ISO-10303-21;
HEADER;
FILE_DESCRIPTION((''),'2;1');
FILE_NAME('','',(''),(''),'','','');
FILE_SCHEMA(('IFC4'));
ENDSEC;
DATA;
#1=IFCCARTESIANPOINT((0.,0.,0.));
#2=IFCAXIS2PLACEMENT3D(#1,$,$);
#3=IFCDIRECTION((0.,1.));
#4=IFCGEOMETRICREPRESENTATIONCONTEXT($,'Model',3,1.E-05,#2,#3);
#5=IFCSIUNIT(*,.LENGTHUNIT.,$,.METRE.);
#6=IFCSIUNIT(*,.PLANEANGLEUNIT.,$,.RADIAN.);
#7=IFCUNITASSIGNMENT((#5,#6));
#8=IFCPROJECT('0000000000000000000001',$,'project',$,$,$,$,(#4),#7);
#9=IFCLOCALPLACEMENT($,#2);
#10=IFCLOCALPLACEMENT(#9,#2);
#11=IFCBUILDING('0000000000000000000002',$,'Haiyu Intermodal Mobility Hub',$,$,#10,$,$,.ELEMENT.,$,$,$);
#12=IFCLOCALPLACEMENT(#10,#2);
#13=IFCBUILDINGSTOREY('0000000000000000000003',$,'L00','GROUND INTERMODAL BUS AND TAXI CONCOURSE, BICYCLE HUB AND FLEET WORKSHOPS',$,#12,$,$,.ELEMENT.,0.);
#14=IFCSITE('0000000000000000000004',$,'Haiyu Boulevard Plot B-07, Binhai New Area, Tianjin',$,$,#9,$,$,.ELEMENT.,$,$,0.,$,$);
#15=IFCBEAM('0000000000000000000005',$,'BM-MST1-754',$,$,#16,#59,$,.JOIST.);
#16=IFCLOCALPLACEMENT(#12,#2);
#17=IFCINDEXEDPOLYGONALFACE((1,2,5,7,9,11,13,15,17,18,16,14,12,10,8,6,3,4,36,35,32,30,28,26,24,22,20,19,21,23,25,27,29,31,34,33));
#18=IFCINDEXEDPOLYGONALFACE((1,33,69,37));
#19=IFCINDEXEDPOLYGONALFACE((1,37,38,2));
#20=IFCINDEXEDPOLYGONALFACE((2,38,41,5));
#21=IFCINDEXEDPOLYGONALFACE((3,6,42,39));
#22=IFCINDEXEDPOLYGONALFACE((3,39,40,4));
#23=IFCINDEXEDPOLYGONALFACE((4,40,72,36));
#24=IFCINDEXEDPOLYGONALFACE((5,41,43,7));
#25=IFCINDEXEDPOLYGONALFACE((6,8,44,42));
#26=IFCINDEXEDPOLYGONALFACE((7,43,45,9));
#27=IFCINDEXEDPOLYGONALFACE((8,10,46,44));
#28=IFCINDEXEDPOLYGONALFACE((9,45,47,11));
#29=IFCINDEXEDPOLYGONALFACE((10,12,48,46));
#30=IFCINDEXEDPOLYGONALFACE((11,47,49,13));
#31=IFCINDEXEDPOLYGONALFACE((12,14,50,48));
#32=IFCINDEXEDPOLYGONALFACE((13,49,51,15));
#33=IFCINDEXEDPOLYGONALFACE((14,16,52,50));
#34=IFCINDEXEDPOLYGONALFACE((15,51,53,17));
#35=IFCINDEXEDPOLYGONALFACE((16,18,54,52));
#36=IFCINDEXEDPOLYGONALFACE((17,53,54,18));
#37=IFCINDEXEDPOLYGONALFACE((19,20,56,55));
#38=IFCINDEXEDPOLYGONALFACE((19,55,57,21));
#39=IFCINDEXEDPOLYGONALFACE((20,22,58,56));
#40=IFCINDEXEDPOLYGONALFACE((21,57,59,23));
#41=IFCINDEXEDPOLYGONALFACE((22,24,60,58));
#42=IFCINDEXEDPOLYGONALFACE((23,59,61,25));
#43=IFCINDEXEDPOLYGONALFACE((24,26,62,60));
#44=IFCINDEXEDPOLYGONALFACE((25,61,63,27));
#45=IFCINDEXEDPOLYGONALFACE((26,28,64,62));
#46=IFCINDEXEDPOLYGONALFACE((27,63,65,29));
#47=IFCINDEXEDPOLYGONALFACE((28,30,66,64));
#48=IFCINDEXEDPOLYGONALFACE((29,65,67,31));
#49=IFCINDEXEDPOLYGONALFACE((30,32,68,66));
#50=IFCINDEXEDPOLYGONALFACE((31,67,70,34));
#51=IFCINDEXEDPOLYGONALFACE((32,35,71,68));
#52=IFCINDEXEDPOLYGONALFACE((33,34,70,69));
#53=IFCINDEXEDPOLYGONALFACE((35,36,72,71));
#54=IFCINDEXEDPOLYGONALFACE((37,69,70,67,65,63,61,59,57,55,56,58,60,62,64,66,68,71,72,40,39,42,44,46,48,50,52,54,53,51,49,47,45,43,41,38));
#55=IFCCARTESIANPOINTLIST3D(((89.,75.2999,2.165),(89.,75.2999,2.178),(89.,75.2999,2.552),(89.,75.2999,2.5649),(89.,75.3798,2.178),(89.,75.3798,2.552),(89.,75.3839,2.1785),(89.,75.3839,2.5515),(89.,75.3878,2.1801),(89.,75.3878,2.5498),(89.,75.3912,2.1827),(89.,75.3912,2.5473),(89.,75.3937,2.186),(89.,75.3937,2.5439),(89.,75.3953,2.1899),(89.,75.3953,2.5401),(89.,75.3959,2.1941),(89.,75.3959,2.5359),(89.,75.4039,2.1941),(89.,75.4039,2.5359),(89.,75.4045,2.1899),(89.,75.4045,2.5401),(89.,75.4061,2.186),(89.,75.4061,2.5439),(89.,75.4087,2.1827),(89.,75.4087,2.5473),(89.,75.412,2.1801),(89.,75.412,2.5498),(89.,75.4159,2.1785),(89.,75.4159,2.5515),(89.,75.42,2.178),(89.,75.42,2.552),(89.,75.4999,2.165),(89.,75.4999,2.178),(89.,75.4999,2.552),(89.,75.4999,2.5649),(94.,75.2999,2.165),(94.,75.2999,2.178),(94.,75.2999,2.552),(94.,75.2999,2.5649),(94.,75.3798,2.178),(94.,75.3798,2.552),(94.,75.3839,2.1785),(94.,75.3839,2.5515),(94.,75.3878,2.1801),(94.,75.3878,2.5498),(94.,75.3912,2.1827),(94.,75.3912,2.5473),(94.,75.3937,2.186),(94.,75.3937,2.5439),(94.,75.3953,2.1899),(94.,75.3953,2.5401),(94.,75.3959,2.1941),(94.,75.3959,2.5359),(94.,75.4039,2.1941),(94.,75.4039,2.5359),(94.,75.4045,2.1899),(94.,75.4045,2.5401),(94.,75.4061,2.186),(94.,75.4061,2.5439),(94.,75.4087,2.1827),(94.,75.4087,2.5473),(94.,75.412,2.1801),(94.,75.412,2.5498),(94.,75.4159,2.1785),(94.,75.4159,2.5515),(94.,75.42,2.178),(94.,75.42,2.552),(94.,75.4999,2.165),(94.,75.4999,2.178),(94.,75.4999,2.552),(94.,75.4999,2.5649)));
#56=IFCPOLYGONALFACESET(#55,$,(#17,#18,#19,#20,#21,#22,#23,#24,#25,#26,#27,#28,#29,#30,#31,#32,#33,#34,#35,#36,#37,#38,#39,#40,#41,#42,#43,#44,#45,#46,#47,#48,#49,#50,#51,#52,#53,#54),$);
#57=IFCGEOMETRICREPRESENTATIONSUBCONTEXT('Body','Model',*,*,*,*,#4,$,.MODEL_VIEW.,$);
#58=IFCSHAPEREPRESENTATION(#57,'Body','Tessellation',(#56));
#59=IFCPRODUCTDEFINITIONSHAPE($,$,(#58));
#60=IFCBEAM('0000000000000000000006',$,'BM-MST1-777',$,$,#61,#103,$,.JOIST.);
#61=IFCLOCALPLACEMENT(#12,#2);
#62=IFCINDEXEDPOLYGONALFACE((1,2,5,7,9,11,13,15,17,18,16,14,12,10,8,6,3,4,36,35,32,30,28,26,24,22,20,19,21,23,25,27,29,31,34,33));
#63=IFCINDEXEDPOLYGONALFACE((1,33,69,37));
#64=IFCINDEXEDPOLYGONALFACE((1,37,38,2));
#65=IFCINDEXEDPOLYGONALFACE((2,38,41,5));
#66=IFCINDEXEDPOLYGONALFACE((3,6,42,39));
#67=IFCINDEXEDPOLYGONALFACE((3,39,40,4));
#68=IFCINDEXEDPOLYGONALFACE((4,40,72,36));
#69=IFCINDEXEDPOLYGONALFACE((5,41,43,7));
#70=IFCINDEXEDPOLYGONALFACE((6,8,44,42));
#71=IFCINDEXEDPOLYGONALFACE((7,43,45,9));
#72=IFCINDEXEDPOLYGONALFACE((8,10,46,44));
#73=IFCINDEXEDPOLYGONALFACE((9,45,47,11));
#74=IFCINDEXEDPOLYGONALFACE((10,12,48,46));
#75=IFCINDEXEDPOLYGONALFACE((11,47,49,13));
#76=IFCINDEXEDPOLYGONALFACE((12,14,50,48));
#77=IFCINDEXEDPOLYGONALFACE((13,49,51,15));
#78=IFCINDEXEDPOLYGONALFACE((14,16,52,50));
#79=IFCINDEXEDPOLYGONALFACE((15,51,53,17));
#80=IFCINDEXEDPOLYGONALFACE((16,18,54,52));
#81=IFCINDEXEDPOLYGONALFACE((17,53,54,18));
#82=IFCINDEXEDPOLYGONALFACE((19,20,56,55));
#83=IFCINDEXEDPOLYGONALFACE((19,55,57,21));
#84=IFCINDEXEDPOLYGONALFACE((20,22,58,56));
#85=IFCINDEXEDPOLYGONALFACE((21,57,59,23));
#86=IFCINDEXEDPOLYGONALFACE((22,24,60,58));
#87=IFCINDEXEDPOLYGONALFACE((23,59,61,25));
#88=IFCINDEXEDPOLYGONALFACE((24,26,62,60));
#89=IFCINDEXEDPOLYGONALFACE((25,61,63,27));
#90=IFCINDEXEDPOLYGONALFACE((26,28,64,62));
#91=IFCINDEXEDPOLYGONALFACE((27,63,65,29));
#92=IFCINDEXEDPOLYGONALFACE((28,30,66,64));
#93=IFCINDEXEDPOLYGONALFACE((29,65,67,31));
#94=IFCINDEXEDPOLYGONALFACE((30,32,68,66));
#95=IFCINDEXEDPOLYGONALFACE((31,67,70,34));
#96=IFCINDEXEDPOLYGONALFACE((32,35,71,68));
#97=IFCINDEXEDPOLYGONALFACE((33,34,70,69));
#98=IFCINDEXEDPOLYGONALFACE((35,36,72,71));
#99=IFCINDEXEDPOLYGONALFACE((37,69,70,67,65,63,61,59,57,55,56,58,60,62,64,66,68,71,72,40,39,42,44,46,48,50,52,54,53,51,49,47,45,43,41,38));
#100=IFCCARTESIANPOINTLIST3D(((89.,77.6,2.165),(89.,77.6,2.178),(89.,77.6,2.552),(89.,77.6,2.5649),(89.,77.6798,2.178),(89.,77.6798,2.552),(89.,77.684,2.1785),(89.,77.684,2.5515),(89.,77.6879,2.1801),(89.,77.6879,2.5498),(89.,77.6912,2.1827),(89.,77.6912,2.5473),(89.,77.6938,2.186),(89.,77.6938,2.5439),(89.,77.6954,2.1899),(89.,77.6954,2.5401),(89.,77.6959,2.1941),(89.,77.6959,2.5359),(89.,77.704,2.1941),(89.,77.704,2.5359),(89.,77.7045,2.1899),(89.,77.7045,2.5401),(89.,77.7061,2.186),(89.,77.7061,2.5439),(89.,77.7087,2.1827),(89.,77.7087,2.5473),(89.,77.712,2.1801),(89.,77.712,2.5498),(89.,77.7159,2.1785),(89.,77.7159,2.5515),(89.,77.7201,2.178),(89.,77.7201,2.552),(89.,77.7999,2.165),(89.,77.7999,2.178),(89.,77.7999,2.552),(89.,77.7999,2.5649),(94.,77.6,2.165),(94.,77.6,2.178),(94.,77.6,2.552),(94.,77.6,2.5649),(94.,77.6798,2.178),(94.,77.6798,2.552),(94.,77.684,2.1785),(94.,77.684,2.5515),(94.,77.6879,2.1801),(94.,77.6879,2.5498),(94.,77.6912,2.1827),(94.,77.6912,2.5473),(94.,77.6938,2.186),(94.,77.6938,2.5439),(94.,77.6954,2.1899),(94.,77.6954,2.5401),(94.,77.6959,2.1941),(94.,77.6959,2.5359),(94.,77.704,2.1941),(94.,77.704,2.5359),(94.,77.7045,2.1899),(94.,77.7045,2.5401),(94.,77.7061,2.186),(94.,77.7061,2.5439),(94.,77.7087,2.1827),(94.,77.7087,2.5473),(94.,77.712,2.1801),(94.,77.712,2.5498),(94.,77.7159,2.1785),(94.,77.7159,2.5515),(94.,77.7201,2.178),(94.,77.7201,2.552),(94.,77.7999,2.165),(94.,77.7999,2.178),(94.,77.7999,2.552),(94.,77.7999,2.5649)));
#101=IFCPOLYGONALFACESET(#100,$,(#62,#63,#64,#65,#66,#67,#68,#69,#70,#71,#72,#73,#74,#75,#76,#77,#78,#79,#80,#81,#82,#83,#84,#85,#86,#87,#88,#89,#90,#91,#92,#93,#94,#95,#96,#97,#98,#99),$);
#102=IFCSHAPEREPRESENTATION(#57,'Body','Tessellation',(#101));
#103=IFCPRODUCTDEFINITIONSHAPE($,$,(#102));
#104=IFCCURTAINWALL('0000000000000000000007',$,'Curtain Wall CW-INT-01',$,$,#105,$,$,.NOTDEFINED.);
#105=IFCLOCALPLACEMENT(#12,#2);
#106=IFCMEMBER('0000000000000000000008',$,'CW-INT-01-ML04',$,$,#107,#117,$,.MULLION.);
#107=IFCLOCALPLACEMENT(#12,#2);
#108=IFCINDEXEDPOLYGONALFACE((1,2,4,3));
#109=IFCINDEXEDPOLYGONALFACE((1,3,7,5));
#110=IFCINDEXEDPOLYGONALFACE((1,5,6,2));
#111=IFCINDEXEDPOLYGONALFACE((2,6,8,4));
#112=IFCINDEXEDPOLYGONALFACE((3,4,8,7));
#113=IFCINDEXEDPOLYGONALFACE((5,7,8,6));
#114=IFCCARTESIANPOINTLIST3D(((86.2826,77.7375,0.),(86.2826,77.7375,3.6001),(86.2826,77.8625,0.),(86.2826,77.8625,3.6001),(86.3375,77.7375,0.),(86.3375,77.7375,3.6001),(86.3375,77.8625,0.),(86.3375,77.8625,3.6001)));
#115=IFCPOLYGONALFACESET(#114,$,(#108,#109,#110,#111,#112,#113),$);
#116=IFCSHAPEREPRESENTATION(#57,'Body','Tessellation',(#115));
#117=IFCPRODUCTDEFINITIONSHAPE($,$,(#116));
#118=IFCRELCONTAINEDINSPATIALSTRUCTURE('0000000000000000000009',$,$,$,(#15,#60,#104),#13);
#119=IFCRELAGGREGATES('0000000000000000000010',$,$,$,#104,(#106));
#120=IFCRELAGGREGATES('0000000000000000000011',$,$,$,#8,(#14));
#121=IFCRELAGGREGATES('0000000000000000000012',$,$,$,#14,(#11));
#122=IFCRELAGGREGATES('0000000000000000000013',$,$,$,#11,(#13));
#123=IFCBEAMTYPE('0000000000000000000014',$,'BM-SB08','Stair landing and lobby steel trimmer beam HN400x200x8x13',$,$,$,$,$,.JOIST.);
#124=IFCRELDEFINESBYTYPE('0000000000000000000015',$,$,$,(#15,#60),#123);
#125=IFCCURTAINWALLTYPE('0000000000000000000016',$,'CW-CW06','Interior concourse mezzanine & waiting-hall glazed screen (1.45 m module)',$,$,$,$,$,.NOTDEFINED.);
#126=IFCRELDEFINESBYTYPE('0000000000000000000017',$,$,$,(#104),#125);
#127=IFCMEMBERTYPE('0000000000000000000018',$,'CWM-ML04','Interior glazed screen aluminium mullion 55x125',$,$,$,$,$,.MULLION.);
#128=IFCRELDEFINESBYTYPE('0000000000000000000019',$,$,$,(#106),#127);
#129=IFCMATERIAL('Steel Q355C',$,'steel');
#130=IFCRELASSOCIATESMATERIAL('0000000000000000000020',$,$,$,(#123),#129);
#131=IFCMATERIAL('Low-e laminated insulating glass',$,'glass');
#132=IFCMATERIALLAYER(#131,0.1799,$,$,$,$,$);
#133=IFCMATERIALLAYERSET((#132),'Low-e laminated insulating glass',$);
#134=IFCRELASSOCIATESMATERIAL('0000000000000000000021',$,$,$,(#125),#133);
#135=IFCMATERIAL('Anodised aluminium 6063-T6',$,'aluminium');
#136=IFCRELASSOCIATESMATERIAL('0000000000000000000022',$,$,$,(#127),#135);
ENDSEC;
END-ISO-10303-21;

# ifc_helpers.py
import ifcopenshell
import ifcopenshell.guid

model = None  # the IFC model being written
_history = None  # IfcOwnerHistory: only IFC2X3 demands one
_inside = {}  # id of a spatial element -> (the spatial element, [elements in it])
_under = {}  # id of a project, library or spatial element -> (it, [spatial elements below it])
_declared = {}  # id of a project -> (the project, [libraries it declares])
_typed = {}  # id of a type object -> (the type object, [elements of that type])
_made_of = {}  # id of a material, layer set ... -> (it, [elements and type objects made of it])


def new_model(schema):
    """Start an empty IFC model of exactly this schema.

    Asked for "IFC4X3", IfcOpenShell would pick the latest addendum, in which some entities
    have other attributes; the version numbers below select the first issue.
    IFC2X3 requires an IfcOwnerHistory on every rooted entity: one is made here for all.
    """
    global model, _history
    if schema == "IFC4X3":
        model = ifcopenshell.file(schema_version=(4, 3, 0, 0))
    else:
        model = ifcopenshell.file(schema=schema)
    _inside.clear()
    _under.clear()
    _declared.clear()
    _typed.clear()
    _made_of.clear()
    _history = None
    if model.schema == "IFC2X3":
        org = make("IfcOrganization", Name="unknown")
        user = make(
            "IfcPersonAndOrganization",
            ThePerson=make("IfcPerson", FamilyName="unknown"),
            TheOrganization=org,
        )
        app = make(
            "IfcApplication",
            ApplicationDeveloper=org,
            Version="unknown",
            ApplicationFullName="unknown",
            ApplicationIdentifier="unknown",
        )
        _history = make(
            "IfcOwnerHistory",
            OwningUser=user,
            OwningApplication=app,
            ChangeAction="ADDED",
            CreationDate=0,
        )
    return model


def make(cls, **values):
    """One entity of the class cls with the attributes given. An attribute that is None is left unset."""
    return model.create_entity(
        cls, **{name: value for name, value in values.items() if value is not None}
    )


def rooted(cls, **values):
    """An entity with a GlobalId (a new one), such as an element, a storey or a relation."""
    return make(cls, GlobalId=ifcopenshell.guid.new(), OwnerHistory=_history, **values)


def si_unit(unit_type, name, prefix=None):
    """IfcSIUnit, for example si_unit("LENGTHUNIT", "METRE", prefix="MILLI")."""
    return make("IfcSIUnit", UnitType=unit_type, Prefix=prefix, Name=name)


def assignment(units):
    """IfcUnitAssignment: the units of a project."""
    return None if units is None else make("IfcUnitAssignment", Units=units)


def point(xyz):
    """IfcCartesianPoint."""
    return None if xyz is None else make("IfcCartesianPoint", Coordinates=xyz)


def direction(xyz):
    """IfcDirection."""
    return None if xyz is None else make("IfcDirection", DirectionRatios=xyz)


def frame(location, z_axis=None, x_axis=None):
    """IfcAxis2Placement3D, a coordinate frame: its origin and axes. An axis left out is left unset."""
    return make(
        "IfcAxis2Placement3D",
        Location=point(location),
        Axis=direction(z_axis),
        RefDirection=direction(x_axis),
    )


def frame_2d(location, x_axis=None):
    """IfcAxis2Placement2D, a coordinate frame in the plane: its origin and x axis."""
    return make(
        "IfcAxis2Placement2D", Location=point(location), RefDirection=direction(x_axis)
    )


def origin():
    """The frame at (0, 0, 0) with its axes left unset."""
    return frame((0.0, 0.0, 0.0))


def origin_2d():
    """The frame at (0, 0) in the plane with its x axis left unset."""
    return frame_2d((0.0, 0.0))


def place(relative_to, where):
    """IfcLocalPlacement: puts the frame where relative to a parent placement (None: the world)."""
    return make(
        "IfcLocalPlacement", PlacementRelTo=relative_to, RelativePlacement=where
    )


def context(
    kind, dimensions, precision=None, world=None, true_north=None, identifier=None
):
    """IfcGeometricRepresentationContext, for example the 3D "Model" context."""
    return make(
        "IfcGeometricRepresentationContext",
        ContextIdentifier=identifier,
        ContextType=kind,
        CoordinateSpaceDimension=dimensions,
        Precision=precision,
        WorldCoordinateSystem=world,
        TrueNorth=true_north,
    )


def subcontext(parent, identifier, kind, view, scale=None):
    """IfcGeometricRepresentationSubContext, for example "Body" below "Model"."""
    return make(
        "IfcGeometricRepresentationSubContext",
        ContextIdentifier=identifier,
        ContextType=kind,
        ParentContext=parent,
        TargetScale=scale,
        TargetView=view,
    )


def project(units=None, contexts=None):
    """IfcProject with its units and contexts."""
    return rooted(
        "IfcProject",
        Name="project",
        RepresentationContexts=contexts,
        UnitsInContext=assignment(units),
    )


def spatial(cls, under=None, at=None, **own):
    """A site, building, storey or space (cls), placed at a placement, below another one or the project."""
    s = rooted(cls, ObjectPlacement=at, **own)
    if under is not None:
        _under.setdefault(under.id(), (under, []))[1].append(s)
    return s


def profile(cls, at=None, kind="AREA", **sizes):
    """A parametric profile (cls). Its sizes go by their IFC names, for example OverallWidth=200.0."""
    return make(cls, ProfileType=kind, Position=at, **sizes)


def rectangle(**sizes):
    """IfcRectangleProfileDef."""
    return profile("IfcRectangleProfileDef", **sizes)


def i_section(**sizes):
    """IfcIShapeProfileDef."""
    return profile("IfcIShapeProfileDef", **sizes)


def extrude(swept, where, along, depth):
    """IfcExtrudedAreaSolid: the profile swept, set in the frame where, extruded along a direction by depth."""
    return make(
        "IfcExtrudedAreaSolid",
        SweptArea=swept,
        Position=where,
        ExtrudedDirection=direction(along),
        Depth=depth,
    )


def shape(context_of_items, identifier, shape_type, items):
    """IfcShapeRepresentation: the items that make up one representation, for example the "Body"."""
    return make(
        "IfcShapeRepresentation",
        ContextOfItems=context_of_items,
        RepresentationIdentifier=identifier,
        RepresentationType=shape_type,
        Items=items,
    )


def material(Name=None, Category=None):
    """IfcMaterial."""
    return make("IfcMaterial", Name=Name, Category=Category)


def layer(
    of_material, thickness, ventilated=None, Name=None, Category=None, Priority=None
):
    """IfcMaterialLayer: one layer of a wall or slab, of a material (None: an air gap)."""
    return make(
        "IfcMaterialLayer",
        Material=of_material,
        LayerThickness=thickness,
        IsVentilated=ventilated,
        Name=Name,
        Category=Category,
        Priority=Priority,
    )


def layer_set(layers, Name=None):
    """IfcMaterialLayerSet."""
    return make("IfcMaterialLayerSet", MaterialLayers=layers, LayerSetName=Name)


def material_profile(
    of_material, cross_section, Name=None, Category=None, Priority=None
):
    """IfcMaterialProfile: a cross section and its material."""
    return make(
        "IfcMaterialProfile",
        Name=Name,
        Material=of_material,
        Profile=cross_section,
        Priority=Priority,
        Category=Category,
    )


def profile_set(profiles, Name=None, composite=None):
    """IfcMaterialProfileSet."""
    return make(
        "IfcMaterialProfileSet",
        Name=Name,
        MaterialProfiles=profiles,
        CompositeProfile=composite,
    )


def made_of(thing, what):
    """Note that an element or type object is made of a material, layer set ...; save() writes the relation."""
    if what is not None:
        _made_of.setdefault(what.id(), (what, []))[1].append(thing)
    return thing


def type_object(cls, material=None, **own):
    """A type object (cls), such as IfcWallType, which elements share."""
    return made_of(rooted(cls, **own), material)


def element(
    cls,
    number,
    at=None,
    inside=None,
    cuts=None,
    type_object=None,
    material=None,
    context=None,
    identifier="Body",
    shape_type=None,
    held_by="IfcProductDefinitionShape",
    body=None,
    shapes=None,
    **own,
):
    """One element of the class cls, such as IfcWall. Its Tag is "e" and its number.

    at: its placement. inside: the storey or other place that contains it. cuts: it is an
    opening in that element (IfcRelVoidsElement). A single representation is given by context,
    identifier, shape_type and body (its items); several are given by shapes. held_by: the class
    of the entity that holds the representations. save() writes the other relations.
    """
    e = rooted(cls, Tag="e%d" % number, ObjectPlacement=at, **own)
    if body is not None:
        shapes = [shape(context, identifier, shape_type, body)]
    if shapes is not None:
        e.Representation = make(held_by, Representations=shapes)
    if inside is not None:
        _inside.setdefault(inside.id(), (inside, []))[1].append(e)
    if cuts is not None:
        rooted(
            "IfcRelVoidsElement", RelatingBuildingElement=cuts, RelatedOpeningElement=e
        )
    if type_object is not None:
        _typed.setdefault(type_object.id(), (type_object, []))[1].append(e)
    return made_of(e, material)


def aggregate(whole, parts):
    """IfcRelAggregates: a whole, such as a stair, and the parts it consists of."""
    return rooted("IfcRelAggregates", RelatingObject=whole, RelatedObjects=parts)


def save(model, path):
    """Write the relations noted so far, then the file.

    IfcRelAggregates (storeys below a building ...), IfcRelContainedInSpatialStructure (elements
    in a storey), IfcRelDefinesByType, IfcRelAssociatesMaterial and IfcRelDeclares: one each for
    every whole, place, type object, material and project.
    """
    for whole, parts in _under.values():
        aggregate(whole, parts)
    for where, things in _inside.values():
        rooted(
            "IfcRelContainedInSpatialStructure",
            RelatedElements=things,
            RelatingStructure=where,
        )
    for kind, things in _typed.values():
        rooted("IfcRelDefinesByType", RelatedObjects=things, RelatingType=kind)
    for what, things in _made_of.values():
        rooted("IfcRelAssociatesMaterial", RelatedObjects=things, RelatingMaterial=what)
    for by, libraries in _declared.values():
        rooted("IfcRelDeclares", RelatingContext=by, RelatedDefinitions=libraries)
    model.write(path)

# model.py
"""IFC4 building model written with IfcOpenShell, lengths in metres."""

from ifc_helpers import new_model, si_unit, direction, frame, origin, origin_2d, place, context, subcontext, project, spatial, rectangle, i_section, extrude, material, layer, layer_set, material_profile, profile_set, type_object, element, aggregate, save


model = new_model("IFC4")

# Units and contexts
model_context = context("Model", 3, precision=1e-05, world=origin(), true_north=direction((0.0, 1.0)))
body_context = subcontext(model_context, "Body", "Model", "MODEL_VIEW")
ifc_project = project(units=[si_unit("LENGTHUNIT", "METRE"), si_unit("PLANEANGLEUNIT", "RADIAN")], contexts=[model_context])

# Site, building, storey
site_placement = place(None, origin())
site = spatial("IfcSite", under=ifc_project, at=site_placement, Name="Haiyu Boulevard Plot B-07, Binhai New Area, Tianjin", CompositionType="ELEMENT", RefElevation=0.0)
building_placement = place(site_placement, origin())
building = spatial("IfcBuilding", under=site, at=building_placement, Name="Haiyu Intermodal Mobility Hub", CompositionType="ELEMENT")
storey_placement = place(building_placement, origin())
storey = spatial("IfcBuildingStorey", under=building, at=storey_placement, Name="L00", Description="GROUND INTERMODAL BUS AND TAXI CONCOURSE, BICYCLE HUB AND FLEET WORKSHOPS", CompositionType="ELEMENT", Elevation=0.0)

# Shared definitions
ifc_material_1 = material(Name="Steel Q355C", Category="steel")

# Beams
ifc_material_profile_1 = material_profile(ifc_material_1, i_section(OverallWidth=0.2, OverallDepth=0.3999, WebThickness=0.0081, FlangeThickness=0.0129, FilletRadius=0.0161, at=origin_2d()), Name="HN400x200x8x13")
ifc_profile_set_1 = profile_set([ifc_material_profile_1], Name="Steel Q355C")
beam_type = type_object("IfcBeamType", Name="BM-SB08", Description="Stair landing and lobby steel trimmer beam HN400x200x8x13", PredefinedType="JOIST", material=ifc_profile_set_1)
for number, where, z_axis, x_axis, name in (
    (1, (89.0, 75.3999, 2.365), (1.0, 0.0, 0.0), (0.0, 1.0, 0.0), "BM-MST1-754"),
    (2, (89.0, 77.7, 2.365), (1.0, 0.0, 0.0), (0.0, 1.0, 0.0), "BM-MST1-777"),
):
    element("IfcBeam", number, at=place(storey_placement, frame(where, z_axis=z_axis, x_axis=x_axis)), inside=storey, type_object=beam_type, Name=name, PredefinedType="JOIST", context=body_context, shape_type="SweptSolid", body=[
        extrude(i_section(OverallWidth=0.2, OverallDepth=0.3999, WebThickness=0.0081, FlangeThickness=0.0129, FilletRadius=0.0161, at=origin_2d()), origin(), (0.0, 0.0, 1.0), 5.0),
    ])

# Curtain wall, member
ifc_material_2 = material(Name="Low-e laminated insulating glass", Category="glass")
ifc_layer_1 = layer(ifc_material_2, 0.1799)
ifc_layer_set_1 = layer_set([ifc_layer_1], Name="Low-e laminated insulating glass")
curtain_wall_type = type_object("IfcCurtainWallType", Name="CW-CW06", Description="Interior concourse mezzanine & waiting-hall glazed screen (1.45 m module)", PredefinedType="NOTDEFINED", material=ifc_layer_set_1)
curtain_wall_placement = place(storey_placement, origin())
curtain_wall = element("IfcCurtainWall", 3, at=curtain_wall_placement, inside=storey, type_object=curtain_wall_type, Name="Curtain Wall CW-INT-01", PredefinedType="NOTDEFINED")
ifc_material_3 = material(Name="Anodised aluminium 6063-T6", Category="aluminium")
ifc_material_profile_2 = material_profile(ifc_material_3, rectangle(XDim=0.0549, YDim=0.125, at=origin_2d()), Name="ALU55x125")
ifc_profile_set_2 = profile_set([ifc_material_profile_2], Name="Anodised aluminium 6063-T6")
member_type = type_object("IfcMemberType", Name="CWM-ML04", Description="Interior glazed screen aluminium mullion 55x125", PredefinedType="MULLION", material=ifc_profile_set_2)
member_placement = place(storey_placement, frame((86.3101, 77.8, 0.0), z_axis=(0.0, 0.0, 1.0), x_axis=(1.0, 0.0, 0.0)))
member = element("IfcMember", 4, at=member_placement, type_object=member_type, Name="CW-INT-01-ML04", PredefinedType="MULLION", context=body_context, shape_type="SweptSolid", body=[
    extrude(rectangle(XDim=0.0549, YDim=0.125, at=origin_2d()), origin(), (0.0, 0.0, 1.0), 3.6001),
])
aggregate(curtain_wall, [member])

save(model, "model.ifc")
